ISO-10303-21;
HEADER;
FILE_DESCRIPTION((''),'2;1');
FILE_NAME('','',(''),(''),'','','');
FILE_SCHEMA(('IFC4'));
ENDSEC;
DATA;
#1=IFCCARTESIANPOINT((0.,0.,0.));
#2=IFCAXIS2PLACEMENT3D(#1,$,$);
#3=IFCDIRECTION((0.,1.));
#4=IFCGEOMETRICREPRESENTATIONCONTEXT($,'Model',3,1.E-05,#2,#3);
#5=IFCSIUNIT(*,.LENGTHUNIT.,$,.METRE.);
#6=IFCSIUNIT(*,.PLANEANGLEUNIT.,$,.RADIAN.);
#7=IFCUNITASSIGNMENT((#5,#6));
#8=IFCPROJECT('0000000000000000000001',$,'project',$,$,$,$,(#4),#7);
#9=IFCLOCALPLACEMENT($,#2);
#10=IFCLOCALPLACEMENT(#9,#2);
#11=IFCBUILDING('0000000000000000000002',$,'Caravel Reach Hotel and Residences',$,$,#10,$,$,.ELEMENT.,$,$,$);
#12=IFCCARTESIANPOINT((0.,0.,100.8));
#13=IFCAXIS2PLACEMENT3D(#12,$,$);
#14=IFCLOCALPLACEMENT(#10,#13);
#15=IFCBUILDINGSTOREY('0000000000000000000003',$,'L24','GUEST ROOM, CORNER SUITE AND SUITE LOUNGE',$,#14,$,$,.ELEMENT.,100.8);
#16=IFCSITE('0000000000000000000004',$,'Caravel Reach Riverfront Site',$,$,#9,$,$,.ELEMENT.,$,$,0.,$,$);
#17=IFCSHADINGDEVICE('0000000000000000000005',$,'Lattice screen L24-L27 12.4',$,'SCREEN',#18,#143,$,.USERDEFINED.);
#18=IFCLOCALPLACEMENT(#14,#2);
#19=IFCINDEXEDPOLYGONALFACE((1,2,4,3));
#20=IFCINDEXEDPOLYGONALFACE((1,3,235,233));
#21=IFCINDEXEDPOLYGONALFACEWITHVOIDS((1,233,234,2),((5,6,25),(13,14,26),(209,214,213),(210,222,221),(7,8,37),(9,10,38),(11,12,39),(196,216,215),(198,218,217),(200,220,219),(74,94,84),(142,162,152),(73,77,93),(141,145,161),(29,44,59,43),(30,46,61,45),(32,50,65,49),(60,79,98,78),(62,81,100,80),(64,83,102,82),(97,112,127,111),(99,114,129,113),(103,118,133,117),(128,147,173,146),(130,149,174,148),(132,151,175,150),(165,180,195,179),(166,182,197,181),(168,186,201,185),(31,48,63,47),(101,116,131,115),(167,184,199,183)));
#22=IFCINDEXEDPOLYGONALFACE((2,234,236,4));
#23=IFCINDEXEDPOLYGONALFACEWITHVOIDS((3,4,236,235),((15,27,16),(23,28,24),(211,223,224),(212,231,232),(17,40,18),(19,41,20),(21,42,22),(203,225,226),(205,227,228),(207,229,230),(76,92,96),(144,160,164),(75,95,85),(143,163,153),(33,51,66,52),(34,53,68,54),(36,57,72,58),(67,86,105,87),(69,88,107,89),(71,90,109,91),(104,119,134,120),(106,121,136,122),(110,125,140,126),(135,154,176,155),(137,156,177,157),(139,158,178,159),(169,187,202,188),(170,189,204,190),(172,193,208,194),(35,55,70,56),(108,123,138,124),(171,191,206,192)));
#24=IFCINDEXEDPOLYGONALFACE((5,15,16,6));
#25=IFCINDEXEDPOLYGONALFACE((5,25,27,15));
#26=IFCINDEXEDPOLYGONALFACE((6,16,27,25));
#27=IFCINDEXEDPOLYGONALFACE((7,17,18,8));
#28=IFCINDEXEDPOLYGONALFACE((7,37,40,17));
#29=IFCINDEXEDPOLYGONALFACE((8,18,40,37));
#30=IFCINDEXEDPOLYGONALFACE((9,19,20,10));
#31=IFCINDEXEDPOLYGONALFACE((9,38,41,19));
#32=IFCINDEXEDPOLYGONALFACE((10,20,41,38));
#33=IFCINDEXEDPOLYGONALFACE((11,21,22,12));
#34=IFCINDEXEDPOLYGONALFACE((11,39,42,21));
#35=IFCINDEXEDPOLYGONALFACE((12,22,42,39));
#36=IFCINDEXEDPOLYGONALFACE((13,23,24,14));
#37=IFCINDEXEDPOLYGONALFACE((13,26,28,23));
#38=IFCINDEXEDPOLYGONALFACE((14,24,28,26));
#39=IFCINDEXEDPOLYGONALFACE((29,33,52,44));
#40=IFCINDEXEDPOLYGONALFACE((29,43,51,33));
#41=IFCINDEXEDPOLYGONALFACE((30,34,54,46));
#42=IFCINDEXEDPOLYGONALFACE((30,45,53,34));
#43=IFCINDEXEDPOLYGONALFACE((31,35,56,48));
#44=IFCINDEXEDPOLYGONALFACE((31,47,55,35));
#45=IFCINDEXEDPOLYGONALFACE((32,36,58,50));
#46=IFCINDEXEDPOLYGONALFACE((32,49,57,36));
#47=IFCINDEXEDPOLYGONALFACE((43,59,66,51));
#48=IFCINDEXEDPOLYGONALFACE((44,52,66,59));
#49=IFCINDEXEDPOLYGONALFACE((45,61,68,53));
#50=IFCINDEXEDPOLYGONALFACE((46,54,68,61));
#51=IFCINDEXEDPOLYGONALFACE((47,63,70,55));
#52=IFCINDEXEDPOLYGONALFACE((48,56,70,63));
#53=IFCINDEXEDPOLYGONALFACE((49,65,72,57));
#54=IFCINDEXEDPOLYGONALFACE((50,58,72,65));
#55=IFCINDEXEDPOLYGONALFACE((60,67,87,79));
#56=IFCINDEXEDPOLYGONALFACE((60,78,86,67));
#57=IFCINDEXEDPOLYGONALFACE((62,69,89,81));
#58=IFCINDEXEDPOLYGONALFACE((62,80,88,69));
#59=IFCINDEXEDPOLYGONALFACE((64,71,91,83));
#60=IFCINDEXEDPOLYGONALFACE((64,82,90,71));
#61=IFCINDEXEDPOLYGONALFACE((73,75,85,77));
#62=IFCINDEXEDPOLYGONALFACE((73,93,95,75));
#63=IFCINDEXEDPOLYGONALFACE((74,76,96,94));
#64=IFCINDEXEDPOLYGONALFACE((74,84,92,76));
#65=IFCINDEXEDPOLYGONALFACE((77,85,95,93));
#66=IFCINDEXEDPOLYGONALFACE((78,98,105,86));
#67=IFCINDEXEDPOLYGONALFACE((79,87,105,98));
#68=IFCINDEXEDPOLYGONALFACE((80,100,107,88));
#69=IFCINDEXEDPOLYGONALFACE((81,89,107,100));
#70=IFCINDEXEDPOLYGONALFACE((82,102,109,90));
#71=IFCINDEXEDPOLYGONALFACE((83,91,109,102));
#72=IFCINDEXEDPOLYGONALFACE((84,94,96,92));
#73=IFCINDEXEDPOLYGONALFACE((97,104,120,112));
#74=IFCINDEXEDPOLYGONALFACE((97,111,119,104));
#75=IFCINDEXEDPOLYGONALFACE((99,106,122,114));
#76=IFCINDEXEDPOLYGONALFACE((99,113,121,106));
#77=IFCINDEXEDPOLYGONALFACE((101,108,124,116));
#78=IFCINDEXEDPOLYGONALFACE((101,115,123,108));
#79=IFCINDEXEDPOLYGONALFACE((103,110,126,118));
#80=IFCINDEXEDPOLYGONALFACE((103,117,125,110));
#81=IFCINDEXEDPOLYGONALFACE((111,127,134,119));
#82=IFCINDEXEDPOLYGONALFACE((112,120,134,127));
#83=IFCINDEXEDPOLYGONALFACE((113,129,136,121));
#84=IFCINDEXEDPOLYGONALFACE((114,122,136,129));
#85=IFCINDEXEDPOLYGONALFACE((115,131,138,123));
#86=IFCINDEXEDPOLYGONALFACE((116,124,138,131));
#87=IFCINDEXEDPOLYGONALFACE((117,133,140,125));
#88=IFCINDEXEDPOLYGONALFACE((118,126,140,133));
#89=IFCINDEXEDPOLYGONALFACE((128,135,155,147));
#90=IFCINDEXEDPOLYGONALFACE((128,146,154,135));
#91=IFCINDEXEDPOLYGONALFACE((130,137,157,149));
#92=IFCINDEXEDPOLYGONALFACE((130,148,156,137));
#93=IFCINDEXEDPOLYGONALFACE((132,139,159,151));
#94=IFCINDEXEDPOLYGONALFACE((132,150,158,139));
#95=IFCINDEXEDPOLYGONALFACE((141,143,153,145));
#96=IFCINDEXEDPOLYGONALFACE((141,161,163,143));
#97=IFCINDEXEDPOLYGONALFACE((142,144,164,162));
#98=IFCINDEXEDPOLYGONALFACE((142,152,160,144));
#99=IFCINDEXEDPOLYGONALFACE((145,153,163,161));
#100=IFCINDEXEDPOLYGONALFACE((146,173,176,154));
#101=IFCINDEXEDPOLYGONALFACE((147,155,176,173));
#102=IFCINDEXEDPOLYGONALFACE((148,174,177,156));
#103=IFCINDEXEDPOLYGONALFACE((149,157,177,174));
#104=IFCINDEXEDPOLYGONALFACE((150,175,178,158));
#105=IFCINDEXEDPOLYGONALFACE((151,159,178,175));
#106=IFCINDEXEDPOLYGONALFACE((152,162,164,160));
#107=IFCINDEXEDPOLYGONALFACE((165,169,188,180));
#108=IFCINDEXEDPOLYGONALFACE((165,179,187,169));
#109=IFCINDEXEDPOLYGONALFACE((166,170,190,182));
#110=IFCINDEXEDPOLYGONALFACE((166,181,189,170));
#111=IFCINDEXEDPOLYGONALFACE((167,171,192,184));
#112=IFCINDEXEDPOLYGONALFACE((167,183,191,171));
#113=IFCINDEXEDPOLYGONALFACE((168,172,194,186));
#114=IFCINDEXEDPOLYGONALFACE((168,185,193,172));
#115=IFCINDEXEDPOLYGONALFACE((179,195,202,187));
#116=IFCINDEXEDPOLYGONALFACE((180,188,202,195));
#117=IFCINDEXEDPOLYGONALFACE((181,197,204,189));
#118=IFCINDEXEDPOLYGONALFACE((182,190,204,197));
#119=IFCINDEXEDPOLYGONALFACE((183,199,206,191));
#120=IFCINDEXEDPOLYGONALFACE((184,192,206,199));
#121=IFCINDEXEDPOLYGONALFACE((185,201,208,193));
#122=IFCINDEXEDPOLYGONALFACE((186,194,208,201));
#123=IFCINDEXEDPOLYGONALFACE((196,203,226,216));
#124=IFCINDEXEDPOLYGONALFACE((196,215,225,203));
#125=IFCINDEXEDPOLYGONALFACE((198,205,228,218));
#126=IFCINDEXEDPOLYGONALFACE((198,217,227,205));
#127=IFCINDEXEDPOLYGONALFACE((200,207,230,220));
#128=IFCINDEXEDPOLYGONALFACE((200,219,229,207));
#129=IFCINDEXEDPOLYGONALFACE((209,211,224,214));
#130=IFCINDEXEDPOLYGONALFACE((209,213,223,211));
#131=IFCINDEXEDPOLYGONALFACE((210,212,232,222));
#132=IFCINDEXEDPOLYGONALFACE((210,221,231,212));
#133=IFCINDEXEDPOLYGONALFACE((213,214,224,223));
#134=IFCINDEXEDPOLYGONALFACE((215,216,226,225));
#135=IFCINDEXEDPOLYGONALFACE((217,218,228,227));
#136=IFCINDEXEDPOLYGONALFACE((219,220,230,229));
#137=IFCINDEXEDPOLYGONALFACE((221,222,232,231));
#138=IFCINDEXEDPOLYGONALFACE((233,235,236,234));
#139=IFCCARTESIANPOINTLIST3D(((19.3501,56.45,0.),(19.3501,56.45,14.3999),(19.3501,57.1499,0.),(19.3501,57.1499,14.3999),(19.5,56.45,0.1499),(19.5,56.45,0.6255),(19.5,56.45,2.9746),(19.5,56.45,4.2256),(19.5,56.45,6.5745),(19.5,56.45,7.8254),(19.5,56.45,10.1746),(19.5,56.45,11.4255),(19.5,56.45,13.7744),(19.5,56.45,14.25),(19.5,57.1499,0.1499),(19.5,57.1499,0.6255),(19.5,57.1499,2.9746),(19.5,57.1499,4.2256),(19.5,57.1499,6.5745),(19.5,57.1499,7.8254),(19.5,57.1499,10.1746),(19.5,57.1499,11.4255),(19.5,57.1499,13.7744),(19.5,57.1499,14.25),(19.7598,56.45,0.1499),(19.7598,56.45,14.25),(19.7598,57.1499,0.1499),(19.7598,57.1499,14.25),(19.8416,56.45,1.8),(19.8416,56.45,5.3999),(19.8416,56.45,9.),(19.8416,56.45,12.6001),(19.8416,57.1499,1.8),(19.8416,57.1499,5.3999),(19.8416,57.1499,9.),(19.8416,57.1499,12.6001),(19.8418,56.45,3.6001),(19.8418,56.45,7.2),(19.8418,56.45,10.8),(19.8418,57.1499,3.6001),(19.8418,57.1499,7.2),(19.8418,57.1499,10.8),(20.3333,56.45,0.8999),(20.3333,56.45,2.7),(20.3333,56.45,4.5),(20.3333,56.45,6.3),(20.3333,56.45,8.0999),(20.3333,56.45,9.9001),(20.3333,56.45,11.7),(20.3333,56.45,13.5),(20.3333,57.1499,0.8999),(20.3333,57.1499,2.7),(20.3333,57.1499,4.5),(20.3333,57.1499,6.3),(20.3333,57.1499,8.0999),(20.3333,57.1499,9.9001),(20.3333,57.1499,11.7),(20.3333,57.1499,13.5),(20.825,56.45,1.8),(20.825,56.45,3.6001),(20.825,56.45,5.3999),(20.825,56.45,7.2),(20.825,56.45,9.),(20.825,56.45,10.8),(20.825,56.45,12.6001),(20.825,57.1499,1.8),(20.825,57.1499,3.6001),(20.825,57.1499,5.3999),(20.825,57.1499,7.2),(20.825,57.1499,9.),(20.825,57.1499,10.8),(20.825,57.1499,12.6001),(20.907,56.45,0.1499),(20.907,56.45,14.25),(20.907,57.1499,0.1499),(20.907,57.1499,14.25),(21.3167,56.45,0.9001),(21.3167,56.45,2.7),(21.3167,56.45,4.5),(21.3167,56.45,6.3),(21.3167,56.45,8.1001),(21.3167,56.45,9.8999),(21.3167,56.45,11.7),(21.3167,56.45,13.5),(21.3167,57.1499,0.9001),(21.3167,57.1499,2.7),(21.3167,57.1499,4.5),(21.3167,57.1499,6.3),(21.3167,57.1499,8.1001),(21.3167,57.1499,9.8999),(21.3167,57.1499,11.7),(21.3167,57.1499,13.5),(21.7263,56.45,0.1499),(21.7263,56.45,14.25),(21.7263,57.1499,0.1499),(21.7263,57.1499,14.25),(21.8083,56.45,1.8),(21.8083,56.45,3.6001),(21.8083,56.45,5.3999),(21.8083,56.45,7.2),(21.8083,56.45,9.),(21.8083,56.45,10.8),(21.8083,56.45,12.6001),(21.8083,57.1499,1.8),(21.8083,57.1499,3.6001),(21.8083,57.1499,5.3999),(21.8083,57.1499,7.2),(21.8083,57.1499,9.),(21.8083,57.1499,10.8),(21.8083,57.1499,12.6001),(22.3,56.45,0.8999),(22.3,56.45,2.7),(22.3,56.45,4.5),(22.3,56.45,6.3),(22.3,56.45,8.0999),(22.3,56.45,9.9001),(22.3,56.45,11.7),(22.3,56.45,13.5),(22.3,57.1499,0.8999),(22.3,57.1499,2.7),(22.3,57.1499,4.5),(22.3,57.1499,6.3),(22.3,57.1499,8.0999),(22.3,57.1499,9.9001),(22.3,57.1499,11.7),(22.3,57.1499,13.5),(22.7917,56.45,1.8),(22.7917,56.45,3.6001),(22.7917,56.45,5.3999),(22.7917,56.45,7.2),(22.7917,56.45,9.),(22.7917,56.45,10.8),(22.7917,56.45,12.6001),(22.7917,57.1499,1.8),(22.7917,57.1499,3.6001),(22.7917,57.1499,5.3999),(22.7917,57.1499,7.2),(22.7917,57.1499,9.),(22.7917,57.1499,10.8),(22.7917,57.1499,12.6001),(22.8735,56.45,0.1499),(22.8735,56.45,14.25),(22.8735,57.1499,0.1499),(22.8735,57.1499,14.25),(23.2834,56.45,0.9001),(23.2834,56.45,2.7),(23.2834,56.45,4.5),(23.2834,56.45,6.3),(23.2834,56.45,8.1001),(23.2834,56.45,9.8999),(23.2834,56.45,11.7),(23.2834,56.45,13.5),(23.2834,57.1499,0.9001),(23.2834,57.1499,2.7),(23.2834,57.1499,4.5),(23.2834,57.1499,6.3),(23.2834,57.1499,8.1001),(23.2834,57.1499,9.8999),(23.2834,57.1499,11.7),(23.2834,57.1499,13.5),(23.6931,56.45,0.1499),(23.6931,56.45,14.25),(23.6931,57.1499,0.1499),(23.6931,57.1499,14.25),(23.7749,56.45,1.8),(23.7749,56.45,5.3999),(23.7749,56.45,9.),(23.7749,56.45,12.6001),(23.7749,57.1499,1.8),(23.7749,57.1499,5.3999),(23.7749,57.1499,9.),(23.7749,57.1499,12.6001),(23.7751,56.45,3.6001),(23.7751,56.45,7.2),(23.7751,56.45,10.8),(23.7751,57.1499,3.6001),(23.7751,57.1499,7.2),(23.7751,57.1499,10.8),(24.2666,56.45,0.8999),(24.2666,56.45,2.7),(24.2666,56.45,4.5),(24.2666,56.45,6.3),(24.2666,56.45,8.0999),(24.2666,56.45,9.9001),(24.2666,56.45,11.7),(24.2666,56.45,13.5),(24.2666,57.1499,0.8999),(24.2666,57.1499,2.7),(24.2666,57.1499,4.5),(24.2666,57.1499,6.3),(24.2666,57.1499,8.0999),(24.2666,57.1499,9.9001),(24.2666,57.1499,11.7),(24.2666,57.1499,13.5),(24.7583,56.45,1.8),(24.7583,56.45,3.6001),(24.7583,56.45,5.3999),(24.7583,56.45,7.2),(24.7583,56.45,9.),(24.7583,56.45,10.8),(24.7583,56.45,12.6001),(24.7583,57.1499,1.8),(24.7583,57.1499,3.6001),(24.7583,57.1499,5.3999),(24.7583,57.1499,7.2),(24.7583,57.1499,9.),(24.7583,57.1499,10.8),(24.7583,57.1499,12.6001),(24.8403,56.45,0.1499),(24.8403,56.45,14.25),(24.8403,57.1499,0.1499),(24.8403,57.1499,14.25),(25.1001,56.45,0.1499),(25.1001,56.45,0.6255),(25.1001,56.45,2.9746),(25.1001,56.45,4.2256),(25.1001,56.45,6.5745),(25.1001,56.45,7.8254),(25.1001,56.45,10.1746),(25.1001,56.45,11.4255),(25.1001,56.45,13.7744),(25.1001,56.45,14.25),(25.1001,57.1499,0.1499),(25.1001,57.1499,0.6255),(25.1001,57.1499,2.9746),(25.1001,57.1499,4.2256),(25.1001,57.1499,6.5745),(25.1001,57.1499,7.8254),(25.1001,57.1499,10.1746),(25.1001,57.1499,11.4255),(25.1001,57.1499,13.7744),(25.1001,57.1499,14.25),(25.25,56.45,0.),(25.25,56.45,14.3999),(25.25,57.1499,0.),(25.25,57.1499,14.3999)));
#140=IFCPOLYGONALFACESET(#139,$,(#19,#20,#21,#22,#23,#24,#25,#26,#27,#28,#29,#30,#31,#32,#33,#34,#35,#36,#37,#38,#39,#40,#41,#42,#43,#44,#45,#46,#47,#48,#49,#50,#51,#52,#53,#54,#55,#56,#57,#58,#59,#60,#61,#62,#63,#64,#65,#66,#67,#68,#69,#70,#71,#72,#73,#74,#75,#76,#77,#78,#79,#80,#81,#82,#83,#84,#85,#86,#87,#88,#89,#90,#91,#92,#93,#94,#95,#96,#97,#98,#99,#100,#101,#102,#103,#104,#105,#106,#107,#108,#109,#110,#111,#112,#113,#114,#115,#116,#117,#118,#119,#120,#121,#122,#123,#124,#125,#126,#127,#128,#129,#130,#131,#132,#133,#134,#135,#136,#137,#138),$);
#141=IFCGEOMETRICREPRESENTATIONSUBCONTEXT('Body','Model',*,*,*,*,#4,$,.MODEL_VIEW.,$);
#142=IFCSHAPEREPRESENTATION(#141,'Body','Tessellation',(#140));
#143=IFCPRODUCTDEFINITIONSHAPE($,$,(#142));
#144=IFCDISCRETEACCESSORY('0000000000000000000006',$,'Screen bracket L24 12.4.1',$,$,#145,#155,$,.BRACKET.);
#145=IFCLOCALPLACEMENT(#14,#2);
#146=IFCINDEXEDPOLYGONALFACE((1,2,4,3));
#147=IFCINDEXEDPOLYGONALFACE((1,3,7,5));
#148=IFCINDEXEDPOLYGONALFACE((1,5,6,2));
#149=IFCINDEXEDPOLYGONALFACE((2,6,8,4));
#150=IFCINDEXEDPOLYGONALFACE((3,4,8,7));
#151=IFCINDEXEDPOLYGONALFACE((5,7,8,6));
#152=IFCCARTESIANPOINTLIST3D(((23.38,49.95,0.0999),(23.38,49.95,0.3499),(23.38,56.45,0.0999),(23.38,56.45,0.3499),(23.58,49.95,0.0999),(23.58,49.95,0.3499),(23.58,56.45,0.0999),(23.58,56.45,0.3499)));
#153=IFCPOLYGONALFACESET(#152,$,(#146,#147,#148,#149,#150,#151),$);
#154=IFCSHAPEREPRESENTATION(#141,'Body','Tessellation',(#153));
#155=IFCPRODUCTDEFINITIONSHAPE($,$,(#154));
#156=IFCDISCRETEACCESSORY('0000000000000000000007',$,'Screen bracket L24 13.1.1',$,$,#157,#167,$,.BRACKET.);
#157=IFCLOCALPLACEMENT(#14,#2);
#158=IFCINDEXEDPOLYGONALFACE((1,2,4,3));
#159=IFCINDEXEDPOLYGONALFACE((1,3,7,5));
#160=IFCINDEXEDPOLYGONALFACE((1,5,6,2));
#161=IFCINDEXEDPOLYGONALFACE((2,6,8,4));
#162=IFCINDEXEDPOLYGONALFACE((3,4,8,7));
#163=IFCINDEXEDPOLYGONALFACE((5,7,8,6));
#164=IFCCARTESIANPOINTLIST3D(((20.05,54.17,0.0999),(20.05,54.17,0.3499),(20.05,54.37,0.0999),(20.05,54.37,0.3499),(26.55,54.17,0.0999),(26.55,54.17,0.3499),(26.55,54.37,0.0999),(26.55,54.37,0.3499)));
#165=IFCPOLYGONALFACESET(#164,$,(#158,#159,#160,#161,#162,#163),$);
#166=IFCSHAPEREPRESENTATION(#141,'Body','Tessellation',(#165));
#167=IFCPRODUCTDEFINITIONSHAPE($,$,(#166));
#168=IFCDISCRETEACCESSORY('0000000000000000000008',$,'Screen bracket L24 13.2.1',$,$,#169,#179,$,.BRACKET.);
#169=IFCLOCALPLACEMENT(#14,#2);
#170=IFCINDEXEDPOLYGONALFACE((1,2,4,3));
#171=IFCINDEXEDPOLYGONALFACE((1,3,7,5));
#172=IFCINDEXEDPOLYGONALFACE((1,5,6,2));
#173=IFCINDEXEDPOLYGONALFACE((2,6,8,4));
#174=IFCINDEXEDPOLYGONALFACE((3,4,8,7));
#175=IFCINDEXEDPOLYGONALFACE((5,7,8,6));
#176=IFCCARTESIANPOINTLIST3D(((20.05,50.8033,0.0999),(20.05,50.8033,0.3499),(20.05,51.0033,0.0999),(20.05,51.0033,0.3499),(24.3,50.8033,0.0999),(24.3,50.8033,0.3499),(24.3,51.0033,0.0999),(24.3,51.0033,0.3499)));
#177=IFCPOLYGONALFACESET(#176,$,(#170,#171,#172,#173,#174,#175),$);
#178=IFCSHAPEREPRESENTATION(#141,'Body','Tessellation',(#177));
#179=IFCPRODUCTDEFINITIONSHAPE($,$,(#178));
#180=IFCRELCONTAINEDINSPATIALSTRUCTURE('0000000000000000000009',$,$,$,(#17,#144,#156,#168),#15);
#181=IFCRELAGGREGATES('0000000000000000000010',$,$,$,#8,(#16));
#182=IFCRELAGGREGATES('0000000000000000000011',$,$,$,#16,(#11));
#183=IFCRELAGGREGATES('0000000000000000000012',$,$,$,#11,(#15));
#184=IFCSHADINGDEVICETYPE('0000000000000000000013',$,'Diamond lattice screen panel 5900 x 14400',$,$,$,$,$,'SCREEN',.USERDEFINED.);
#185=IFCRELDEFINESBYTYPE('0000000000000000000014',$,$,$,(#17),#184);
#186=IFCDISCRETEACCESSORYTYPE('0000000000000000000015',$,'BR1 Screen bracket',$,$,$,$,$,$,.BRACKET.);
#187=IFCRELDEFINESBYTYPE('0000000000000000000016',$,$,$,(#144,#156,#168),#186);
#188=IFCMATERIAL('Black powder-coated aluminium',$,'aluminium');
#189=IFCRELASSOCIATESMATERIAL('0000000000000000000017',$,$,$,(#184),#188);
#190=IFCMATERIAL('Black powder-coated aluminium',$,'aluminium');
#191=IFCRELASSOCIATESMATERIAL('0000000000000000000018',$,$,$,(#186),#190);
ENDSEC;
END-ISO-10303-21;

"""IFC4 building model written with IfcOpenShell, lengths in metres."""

from ifc_helpers import new_model, si_unit, direction, frame, origin, origin_2d, place, context, subcontext, project, spatial, polyline, rectangle, outline, extrude, material, type_object, element, save


model = new_model("IFC4")

# Units and contexts
model_context = context("Model", 3, precision=1e-05, world=origin(), true_north=direction((0.0, 1.0)))
body_context = subcontext(model_context, "Body", "Model", "MODEL_VIEW")
ifc_project = project(units=[si_unit("LENGTHUNIT", "METRE"), si_unit("PLANEANGLEUNIT", "RADIAN")], contexts=[model_context])

# Site, building, storey
site_placement = place(None, origin())
site = spatial("IfcSite", under=ifc_project, at=site_placement, Name="Caravel Reach Riverfront Site", CompositionType="ELEMENT", RefElevation=0.0)
building_placement = place(site_placement, origin())
building = spatial("IfcBuilding", under=site, at=building_placement, Name="Caravel Reach Hotel and Residences", CompositionType="ELEMENT")
storey_placement = place(building_placement, frame((0.0, 0.0, 100.8)))
storey = spatial("IfcBuildingStorey", under=building, at=storey_placement, Name="L24", Description="GUEST ROOM, CORNER SUITE AND SUITE LOUNGE", CompositionType="ELEMENT", Elevation=100.8)

# Shading device
ifc_material_1 = material(Name="Black powder-coated aluminium", Category="aluminium")
shading_device_type_1 = type_object("IfcShadingDeviceType", Name="Diamond lattice screen panel 5900 x 14400", ElementType="SCREEN", PredefinedType="USERDEFINED", material=ifc_material_1)
shading_device_placement = place(storey_placement, frame((25.25, 56.45, 0.0), z_axis=(0.0, 1.0, 0.0), x_axis=(-1.0, 0.0, 0.0)))
element("IfcShadingDevice", 1, at=shading_device_placement, inside=storey, type_object=shading_device_type_1, Name="Lattice screen L24-L27 12.4", ObjectType="SCREEN", PredefinedType="USERDEFINED", context=body_context, shape_type="SweptSolid", body=[
    extrude(outline(polyline([(0.0, 0.0), (5.8999, 0.0), (5.8999, 14.3999), (0.0, 14.3999), (0.0, 0.0)]), holes=[polyline([(0.4097, 0.1499), (0.1499, 0.6255), (0.1499, 0.1499), (0.4097, 0.1499)]), polyline([(0.4917, 3.6001), (0.1499, 4.2256), (0.1499, 2.9746), (0.4917, 3.6001)]), polyline([(0.4917, 7.2), (0.1499, 7.8254), (0.1499, 6.5745), (0.4917, 7.2)]), polyline([(0.4917, 10.8), (0.1499, 11.4255), (0.1499, 10.1746), (0.4917, 10.8)]), polyline([(0.1499, 13.7744), (0.4097, 14.25), (0.1499, 14.25), (0.1499, 13.7744)]), polyline([(0.9834, 2.7), (0.4917, 1.8), (0.9834, 0.8999), (1.4751, 1.8), (0.9834, 2.7)]), polyline([(0.9834, 6.3), (0.4917, 5.3999), (0.9834, 4.5), (1.4751, 5.3999), (0.9834, 6.3)]), polyline([(0.9834, 9.9001), (0.4917, 9.0), (0.9834, 8.0999), (1.4751, 9.0), (0.9834, 9.9001)]), polyline([(0.9834, 13.5), (0.4917, 12.6001), (0.9834, 11.7), (1.4751, 12.6001), (0.9834, 13.5)]), polyline([(1.9666, 0.9001), (1.5569, 0.1499), (2.3765, 0.1499), (1.9666, 0.9001)]), polyline([(1.9666, 4.5), (1.4749, 3.6001), (1.9666, 2.7), (2.4583, 3.6001), (1.9666, 4.5)]), polyline([(1.9666, 8.1001), (1.4749, 7.2), (1.9666, 6.3), (2.4583, 7.2), (1.9666, 8.1001)]), polyline([(1.9666, 11.7), (1.4749, 10.8), (1.9666, 9.8999), (2.4583, 10.8), (1.9666, 11.7)]), polyline([(1.9666, 13.5), (2.3765, 14.25), (1.5569, 14.25), (1.9666, 13.5)]), polyline([(2.95, 2.7), (2.4583, 1.8), (2.95, 0.8999), (3.4417, 1.8), (2.95, 2.7)]), polyline([(2.95, 6.3), (2.4583, 5.3999), (2.95, 4.5), (3.4417, 5.3999), (2.95, 6.3)]), polyline([(2.95, 9.9001), (2.4583, 9.0), (2.95, 8.0999), (3.4417, 9.0), (2.95, 9.9001)]), polyline([(2.95, 13.5), (2.4583, 12.6001), (2.95, 11.7), (3.4417, 12.6001), (2.95, 13.5)]), polyline([(3.9333, 0.9001), (3.5237, 0.1499), (4.343, 0.1499), (3.9333, 0.9001)]), polyline([(3.9333, 4.5), (3.4417, 3.6001), (3.9333, 2.7), (4.425, 3.6001), (3.9333, 4.5)]), polyline([(3.9333, 8.1001), (3.4417, 7.2), (3.9333, 6.3), (4.425, 7.2), (3.9333, 8.1001)]), polyline([(3.9333, 11.7), (3.4417, 10.8), (3.9333, 9.8999), (4.425, 10.8), (3.9333, 11.7)]), polyline([(3.9333, 13.5), (4.343, 14.25), (3.5237, 14.25), (3.9333, 13.5)]), polyline([(4.9167, 2.7), (4.425, 1.8), (4.9167, 0.8999), (5.4084, 1.8), (4.9167, 2.7)]), polyline([(4.9167, 6.3), (4.425, 5.3999), (4.9167, 4.5), (5.4084, 5.3999), (4.9167, 6.3)]), polyline([(4.9167, 9.9001), (4.425, 9.0), (4.9167, 8.0999), (5.4084, 9.0), (4.9167, 9.9001)]), polyline([(4.9167, 13.5), (4.425, 12.6001), (4.9167, 11.7), (5.4084, 12.6001), (4.9167, 13.5)]), polyline([(5.75, 0.6255), (5.4902, 0.1499), (5.75, 0.1499), (5.75, 0.6255)]), polyline([(5.4082, 3.6001), (5.75, 2.9746), (5.75, 4.2256), (5.4082, 3.6001)]), polyline([(5.4082, 7.2), (5.75, 6.5745), (5.75, 7.8254), (5.4082, 7.2)]), polyline([(5.4082, 10.8), (5.75, 10.1746), (5.75, 11.4255), (5.4082, 10.8)]), polyline([(5.4902, 14.25), (5.75, 13.7744), (5.75, 14.25), (5.4902, 14.25)])]), origin(), (0.0, 0.0, 1.0), 0.7),
])

# Discrete accessories
ifc_material_2 = material(Name="Black powder-coated aluminium", Category="aluminium")
discrete_accessory_type = type_object("IfcDiscreteAccessoryType", Name="BR1 Screen bracket", PredefinedType="BRACKET", material=ifc_material_2)
for number, where, z_axis, x_axis, name in (
    (2, (23.48, 53.2, 0.0999), (0.0, 0.0, 1.0), (0.0, 1.0, 0.0), "Screen bracket L24 12.4.1"),
    (3, (23.3, 54.27, 0.0999), (0.0, 0.0, 1.0), (-1.0, 0.0, 0.0), "Screen bracket L24 13.1.1"),
):
    element("IfcDiscreteAccessory", number, at=place(storey_placement, frame(where, z_axis=z_axis, x_axis=x_axis)), inside=storey, type_object=discrete_accessory_type, Name=name, PredefinedType="BRACKET", context=body_context, shape_type="SweptSolid", body=[
        extrude(rectangle(XDim=6.5, YDim=0.2, at=origin_2d()), origin(), (0.0, 0.0, 1.0), 0.25),
    ])
discrete_accessory_placement = place(storey_placement, frame((22.175, 50.9033, 0.0999), z_axis=(0.0, 0.0, 1.0), x_axis=(-1.0, 0.0, 0.0)))
element("IfcDiscreteAccessory", 4, at=discrete_accessory_placement, inside=storey, type_object=discrete_accessory_type, Name="Screen bracket L24 13.2.1", PredefinedType="BRACKET", context=body_context, shape_type="SweptSolid", body=[
    extrude(rectangle(XDim=4.25, YDim=0.2, at=origin_2d()), origin(), (0.0, 0.0, 1.0), 0.25),
])

save(model, "model.ifc")
